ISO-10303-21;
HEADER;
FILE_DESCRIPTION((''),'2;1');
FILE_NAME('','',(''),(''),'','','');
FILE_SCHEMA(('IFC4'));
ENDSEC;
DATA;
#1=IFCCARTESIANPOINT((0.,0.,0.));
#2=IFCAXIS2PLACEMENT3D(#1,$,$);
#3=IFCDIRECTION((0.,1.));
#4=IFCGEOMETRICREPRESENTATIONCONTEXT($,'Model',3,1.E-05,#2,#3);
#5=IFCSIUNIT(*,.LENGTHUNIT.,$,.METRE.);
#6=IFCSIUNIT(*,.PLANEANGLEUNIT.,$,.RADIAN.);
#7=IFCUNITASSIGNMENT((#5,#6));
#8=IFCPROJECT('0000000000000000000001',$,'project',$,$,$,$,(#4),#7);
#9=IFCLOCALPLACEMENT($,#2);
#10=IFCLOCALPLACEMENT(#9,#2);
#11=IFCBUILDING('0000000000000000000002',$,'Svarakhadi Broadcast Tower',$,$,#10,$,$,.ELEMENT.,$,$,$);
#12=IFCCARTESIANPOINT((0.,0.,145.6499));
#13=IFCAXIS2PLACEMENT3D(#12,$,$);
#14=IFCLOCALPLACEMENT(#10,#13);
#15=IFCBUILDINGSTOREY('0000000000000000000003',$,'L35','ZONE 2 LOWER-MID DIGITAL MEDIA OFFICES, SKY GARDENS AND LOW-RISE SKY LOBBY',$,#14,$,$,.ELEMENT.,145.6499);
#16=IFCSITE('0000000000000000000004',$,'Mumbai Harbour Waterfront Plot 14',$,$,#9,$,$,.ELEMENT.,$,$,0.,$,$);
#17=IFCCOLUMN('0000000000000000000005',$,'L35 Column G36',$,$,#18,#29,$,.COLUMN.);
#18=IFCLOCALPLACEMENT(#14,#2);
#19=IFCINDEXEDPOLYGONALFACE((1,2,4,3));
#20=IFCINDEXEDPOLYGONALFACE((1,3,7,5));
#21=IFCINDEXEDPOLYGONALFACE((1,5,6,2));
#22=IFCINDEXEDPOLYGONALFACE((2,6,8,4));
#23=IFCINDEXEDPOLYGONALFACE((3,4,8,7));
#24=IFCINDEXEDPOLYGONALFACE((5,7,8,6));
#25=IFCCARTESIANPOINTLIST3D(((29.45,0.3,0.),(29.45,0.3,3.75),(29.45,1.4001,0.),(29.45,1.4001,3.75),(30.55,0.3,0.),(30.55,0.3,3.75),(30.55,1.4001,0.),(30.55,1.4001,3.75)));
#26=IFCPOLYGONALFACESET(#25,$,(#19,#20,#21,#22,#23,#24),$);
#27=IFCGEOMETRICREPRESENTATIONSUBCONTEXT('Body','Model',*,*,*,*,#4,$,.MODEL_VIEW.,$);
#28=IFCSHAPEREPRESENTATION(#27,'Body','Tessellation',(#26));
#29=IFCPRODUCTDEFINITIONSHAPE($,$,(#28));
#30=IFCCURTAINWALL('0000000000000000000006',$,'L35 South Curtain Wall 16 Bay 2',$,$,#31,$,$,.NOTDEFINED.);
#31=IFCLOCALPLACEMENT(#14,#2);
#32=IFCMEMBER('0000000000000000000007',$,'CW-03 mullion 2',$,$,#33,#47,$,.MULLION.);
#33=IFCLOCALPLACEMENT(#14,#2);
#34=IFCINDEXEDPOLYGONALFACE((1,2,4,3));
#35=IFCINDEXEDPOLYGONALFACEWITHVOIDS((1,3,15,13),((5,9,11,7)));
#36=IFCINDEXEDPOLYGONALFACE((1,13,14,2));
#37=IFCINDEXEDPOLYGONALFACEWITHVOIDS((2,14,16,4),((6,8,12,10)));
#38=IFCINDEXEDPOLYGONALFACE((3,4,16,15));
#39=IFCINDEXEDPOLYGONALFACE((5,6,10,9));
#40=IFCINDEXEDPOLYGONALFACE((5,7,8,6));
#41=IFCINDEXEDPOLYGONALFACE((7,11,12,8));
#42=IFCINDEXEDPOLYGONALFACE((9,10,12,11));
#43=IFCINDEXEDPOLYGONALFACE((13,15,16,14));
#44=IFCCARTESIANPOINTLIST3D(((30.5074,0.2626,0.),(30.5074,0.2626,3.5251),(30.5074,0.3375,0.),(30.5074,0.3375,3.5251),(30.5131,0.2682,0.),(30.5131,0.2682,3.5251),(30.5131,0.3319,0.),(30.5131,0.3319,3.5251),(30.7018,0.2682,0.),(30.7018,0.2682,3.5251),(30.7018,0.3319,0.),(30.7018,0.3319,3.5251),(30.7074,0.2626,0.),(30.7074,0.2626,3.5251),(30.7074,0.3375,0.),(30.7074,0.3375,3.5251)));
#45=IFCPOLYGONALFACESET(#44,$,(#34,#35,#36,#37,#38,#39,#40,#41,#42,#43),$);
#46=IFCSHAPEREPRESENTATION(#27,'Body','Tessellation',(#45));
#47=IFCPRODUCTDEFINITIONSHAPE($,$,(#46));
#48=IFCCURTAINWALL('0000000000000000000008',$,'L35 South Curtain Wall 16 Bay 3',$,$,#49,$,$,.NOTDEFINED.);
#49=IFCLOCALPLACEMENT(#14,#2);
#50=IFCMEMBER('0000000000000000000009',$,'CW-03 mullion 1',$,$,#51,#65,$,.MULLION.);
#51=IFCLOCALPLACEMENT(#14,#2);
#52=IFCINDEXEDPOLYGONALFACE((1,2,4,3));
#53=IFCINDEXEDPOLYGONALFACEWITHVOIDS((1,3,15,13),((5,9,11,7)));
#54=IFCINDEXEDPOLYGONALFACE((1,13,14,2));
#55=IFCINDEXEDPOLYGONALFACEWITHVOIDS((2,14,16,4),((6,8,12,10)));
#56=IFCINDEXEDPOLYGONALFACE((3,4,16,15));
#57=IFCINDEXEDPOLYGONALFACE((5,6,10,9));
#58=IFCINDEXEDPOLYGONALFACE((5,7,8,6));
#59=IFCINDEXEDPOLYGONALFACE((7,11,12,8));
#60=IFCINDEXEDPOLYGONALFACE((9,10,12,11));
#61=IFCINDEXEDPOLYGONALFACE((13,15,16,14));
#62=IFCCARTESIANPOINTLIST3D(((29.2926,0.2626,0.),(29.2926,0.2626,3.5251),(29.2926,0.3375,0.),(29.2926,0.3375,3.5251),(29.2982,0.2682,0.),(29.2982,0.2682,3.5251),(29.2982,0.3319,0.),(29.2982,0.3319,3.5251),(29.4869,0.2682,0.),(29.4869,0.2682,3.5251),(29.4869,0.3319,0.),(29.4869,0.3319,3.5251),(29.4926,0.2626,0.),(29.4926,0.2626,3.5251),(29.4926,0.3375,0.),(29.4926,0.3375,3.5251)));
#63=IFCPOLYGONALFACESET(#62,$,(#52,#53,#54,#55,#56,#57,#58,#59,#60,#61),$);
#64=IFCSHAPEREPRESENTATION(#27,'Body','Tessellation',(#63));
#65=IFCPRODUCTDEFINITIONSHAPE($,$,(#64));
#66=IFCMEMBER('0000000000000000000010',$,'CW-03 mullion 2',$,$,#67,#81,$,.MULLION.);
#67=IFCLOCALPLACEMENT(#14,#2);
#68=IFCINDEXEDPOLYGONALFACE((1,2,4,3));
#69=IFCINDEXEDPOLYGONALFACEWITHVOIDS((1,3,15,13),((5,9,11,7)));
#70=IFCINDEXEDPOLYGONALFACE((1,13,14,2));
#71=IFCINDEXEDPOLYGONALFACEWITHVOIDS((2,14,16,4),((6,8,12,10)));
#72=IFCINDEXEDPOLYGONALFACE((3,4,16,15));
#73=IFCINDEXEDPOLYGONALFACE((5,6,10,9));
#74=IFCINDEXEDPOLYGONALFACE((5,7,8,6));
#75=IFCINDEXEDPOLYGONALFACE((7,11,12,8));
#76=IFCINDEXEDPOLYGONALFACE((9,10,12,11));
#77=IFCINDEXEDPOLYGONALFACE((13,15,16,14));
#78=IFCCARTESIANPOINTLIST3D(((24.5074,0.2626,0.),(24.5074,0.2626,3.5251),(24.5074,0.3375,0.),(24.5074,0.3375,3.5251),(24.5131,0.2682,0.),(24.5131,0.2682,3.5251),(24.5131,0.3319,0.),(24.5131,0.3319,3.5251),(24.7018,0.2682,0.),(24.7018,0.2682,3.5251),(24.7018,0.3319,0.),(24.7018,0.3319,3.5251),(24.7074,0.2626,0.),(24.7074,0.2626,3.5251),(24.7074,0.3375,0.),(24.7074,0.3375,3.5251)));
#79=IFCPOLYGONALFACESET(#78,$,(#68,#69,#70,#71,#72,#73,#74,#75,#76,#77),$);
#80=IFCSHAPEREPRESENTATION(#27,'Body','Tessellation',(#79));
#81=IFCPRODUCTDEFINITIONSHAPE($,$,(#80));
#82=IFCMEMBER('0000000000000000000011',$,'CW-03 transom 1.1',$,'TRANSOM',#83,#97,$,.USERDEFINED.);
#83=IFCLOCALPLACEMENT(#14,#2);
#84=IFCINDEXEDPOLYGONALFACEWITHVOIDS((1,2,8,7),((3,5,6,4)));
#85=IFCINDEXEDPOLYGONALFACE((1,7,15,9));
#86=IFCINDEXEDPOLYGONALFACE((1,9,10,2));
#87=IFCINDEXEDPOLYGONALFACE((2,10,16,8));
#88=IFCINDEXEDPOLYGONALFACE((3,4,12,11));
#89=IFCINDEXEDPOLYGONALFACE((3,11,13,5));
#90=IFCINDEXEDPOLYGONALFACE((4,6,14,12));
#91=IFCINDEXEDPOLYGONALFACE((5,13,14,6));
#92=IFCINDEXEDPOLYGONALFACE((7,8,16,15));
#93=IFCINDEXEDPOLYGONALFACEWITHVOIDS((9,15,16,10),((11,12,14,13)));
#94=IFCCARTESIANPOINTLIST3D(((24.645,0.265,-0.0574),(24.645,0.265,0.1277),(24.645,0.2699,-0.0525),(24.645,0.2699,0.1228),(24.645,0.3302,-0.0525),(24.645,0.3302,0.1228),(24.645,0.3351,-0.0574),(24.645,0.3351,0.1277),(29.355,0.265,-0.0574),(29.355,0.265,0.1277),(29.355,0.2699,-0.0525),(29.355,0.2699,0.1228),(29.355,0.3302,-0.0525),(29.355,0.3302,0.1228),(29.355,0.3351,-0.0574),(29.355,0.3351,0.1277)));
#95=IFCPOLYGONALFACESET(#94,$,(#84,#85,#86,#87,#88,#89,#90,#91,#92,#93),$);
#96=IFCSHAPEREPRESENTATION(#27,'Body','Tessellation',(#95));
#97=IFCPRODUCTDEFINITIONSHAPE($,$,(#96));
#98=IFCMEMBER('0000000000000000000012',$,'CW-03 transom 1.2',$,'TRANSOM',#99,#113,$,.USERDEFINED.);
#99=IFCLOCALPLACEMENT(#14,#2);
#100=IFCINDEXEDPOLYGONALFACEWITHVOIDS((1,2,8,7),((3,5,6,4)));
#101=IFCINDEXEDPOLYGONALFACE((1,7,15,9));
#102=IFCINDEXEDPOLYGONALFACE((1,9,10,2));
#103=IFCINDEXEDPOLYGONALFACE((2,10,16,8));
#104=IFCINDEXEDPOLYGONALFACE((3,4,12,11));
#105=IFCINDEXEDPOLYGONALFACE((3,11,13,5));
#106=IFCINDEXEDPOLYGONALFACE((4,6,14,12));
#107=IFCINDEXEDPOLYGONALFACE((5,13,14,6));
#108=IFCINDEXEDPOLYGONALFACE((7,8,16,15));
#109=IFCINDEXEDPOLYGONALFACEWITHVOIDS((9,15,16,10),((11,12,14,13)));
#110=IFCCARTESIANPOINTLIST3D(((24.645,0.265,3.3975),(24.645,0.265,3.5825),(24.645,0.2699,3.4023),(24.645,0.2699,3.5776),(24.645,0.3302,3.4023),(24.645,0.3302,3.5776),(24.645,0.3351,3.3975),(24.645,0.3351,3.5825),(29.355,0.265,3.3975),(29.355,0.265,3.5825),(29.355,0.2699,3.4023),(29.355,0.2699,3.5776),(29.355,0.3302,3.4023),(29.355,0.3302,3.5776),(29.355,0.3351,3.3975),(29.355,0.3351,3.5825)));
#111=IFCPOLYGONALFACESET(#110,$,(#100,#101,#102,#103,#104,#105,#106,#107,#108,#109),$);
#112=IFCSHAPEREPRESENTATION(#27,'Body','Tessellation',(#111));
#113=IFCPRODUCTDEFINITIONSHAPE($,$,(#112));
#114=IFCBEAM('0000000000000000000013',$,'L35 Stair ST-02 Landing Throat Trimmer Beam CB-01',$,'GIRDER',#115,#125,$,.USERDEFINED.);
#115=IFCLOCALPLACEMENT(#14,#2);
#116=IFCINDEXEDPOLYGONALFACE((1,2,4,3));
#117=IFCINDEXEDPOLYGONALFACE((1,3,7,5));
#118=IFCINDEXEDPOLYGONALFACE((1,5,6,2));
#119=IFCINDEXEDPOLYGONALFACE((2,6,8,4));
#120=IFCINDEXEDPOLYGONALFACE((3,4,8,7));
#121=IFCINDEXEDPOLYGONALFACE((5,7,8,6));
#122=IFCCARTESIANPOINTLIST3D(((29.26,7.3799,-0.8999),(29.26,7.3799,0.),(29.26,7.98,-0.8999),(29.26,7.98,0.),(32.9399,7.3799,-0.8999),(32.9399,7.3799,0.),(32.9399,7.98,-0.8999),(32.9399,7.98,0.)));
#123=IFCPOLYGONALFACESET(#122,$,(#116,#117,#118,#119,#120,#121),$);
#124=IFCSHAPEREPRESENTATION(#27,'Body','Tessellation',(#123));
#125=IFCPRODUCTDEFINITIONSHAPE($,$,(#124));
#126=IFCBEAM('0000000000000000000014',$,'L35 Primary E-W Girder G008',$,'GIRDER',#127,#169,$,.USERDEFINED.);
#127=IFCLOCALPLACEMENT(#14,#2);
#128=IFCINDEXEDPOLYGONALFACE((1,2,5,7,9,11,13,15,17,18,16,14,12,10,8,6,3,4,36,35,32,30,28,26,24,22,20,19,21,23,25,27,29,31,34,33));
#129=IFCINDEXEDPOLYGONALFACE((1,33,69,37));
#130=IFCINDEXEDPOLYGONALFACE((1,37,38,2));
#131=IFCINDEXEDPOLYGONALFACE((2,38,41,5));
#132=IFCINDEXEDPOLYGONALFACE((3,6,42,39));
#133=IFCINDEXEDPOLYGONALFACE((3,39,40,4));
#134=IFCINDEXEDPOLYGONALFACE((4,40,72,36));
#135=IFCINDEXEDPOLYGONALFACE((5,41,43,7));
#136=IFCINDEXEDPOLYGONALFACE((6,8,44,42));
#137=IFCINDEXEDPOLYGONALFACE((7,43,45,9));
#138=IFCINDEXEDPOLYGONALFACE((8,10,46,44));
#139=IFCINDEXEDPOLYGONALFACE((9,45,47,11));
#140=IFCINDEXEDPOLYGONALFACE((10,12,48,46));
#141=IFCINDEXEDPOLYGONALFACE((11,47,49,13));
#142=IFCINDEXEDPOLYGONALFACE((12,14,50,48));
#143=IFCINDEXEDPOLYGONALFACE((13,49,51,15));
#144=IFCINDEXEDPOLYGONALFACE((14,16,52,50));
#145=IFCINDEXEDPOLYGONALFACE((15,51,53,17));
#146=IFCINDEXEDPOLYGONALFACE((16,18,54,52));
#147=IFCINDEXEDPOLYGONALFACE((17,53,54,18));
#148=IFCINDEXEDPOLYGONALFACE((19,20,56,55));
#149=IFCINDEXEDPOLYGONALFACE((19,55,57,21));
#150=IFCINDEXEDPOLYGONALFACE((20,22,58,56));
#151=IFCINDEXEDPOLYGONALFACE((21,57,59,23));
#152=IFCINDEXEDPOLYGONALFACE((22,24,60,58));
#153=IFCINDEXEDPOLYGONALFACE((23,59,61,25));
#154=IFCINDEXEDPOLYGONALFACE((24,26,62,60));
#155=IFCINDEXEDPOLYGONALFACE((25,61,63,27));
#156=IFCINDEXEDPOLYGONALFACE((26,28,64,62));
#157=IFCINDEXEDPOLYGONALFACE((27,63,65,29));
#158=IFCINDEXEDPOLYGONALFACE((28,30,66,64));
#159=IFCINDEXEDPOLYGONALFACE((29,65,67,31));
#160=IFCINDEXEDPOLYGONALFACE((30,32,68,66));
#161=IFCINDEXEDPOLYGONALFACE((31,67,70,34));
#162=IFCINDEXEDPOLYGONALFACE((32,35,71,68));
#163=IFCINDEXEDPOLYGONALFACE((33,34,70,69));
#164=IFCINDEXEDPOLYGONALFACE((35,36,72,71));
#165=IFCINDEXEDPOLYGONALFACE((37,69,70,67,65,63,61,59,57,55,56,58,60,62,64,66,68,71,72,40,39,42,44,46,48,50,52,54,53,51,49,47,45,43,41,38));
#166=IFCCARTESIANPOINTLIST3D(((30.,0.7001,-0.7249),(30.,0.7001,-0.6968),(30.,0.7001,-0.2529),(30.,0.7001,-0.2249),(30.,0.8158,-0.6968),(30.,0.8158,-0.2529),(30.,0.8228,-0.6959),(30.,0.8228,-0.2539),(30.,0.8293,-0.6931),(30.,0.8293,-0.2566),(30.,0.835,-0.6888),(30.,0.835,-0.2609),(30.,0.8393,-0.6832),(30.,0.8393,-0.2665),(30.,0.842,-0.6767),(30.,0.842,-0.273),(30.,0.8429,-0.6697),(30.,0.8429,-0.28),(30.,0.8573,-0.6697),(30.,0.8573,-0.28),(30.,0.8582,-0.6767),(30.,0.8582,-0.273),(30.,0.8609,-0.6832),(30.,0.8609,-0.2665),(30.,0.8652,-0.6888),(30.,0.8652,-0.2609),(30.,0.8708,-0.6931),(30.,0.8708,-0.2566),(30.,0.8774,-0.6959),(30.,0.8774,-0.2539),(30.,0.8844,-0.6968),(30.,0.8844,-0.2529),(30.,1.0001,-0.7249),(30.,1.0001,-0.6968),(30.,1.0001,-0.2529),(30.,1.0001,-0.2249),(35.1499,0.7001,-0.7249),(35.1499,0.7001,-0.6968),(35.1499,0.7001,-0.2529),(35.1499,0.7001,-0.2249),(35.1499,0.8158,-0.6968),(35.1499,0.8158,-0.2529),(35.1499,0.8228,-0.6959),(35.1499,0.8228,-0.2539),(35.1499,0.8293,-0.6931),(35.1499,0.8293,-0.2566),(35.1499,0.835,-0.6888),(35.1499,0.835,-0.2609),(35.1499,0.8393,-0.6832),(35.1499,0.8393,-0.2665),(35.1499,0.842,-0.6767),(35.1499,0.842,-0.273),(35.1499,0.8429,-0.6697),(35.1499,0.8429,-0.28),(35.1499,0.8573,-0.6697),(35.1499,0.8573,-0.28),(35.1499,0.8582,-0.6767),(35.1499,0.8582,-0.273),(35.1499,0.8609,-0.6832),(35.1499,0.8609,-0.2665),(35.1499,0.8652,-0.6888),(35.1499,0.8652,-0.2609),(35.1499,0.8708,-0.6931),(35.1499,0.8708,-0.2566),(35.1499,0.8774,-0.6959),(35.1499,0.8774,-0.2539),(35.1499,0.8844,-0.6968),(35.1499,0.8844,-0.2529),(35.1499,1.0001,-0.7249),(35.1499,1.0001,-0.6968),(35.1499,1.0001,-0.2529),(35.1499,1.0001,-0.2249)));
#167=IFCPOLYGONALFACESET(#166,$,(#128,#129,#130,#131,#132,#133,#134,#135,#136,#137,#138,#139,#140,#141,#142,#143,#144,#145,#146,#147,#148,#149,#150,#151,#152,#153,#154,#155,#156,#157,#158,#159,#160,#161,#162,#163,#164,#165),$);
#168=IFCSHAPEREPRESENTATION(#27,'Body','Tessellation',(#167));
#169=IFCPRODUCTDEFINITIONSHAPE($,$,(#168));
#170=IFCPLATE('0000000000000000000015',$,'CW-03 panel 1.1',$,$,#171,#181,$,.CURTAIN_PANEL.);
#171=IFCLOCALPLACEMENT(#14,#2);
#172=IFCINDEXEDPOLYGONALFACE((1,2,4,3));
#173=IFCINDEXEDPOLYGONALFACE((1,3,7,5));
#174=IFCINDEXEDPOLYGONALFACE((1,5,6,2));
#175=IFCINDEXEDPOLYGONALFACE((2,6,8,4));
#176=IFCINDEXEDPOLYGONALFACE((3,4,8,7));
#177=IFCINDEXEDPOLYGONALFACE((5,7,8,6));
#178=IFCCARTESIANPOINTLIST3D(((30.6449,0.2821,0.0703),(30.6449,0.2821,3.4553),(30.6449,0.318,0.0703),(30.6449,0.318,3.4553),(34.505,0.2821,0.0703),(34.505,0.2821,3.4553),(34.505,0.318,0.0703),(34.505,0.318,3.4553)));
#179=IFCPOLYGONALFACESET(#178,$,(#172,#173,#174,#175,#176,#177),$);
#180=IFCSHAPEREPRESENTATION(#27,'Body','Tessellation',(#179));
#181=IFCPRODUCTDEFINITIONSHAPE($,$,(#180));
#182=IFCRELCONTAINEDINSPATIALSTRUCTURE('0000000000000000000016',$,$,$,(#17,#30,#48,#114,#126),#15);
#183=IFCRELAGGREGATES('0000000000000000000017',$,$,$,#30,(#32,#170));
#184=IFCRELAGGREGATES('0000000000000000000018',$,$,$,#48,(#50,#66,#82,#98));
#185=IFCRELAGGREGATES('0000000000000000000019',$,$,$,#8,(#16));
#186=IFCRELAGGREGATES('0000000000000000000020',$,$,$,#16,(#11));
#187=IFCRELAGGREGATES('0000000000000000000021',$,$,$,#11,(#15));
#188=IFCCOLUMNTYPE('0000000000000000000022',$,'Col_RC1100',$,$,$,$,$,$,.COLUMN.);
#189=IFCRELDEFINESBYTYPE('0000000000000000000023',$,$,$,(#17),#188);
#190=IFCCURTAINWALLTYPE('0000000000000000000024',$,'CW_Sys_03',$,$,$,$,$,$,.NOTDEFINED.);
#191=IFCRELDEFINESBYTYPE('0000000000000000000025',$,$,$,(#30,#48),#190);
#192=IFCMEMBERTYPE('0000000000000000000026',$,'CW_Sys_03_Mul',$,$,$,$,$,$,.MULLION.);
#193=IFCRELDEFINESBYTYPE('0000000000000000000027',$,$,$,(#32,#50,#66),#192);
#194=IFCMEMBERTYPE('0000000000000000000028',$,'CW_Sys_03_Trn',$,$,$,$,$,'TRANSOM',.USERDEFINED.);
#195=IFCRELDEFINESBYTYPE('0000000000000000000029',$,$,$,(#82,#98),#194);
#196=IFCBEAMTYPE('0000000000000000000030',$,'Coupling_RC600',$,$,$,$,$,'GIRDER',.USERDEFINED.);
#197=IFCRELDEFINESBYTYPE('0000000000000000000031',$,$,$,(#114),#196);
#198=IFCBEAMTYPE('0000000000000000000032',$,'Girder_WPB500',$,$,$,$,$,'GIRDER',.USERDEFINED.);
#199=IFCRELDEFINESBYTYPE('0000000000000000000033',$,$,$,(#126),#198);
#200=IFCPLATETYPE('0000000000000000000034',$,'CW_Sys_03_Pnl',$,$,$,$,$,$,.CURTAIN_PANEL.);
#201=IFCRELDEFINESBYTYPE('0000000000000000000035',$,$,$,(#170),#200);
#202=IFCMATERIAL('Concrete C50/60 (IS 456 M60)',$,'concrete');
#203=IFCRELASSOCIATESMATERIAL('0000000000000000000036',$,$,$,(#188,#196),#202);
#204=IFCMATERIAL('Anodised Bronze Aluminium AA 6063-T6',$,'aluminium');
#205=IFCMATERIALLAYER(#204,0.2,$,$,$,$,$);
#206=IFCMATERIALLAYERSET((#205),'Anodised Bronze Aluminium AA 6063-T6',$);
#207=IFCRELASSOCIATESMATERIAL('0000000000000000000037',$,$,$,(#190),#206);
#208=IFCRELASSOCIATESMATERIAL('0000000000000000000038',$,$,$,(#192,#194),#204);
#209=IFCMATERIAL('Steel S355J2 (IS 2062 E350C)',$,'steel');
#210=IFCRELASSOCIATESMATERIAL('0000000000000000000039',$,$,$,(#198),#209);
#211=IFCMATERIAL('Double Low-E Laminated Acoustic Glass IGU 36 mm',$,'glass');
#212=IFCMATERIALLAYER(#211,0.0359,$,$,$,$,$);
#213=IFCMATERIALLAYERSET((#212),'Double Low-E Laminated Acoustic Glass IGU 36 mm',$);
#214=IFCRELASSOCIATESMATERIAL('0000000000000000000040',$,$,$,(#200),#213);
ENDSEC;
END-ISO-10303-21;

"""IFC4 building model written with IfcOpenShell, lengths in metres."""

from ifc_helpers import new_model, si_unit, direction, frame, origin, origin_2d, place, context, subcontext, project, spatial, rectangle, hollow_rectangle, i_section, extrude, material, layer, layer_set, material_profile, profile_set, type_object, element, aggregate, save


model = new_model("IFC4")

# Units and contexts
model_context = context("Model", 3, precision=1e-05, world=origin(), true_north=direction((0.0, 1.0)))
body_context = subcontext(model_context, "Body", "Model", "MODEL_VIEW")
ifc_project = project(units=[si_unit("LENGTHUNIT", "METRE"), si_unit("PLANEANGLEUNIT", "RADIAN")], contexts=[model_context])

# Site, building, storey
site_placement = place(None, origin())
site = spatial("IfcSite", under=ifc_project, at=site_placement, Name="Mumbai Harbour Waterfront Plot 14", CompositionType="ELEMENT", RefElevation=0.0)
building_placement = place(site_placement, origin())
building = spatial("IfcBuilding", under=site, at=building_placement, Name="Svarakhadi Broadcast Tower", CompositionType="ELEMENT")
storey_placement = place(building_placement, frame((0.0, 0.0, 145.6499)))
storey = spatial("IfcBuildingStorey", under=building, at=storey_placement, Name="L35", Description="ZONE 2 LOWER-MID DIGITAL MEDIA OFFICES, SKY GARDENS AND LOW-RISE SKY LOBBY", CompositionType="ELEMENT", Elevation=145.6499)

# Column
ifc_material_1 = material(Name="Concrete C50/60 (IS 456 M60)", Category="concrete")
ifc_material_profile_1 = material_profile(ifc_material_1, rectangle(XDim=1.1001, YDim=1.1001, at=origin_2d()), Name="RC 1100x1100")
ifc_profile_set_1 = profile_set([ifc_material_profile_1], Name="Concrete C50/60 (IS 456 M60)")
column_type = type_object("IfcColumnType", Name="Col_RC1100", PredefinedType="COLUMN", material=ifc_profile_set_1)
column_placement = place(storey_placement, frame((30.0, 0.8501, 0.0), z_axis=(0.0, 0.0, 1.0), x_axis=(1.0, 0.0, 0.0)))
element("IfcColumn", 1, at=column_placement, inside=storey, type_object=column_type, Name="L35 Column G36", PredefinedType="COLUMN", context=body_context, shape_type="SweptSolid", body=[
    extrude(rectangle(XDim=1.1001, YDim=1.1001, at=origin_2d()), origin(), (0.0, 0.0, 1.0), 3.75),
])

# Curtain wall, member
ifc_material_2 = material(Name="Anodised Bronze Aluminium AA 6063-T6", Category="aluminium")
ifc_layer_1 = layer(ifc_material_2, 0.2)
ifc_layer_set_1 = layer_set([ifc_layer_1], Name="Anodised Bronze Aluminium AA 6063-T6")
curtain_wall_type = type_object("IfcCurtainWallType", Name="CW_Sys_03", PredefinedType="NOTDEFINED", material=ifc_layer_set_1)
curtain_wall_1_placement = place(storey_placement, origin())
curtain_wall_1 = element("IfcCurtainWall", 2, at=curtain_wall_1_placement, inside=storey, type_object=curtain_wall_type, Name="L35 South Curtain Wall 16 Bay 2", PredefinedType="NOTDEFINED")
ifc_material_profile_2 = material_profile(ifc_material_2, hollow_rectangle(XDim=0.075, YDim=0.2, WallThickness=0.0056, at=origin_2d()), Name="ALU MULLION 200x75x6")
ifc_profile_set_2 = profile_set([ifc_material_profile_2], Name="Anodised Bronze Aluminium AA 6063-T6")
member_type_1 = type_object("IfcMemberType", Name="CW_Sys_03_Mul", PredefinedType="MULLION", material=ifc_profile_set_2)
member_1_placement = place(storey_placement, frame((30.6074, 0.3, 0.0), z_axis=(0.0, 0.0, 1.0), x_axis=(0.0, -1.0, 0.0)))
member_1 = element("IfcMember", 3, at=member_1_placement, type_object=member_type_1, Name="CW-03 mullion 2", PredefinedType="MULLION", context=body_context, shape_type="SweptSolid", body=[
    extrude(hollow_rectangle(XDim=0.075, YDim=0.2, WallThickness=0.0056, at=origin_2d()), origin(), (0.0, 0.0, 1.0), 3.5251),
])

# Curtain wall, members
curtain_wall_2_placement = place(storey_placement, origin())
curtain_wall_2 = element("IfcCurtainWall", 4, at=curtain_wall_2_placement, inside=storey, type_object=curtain_wall_type, Name="L35 South Curtain Wall 16 Bay 3", PredefinedType="NOTDEFINED")
member_2_placement = place(storey_placement, frame((29.3926, 0.3, 0.0), z_axis=(0.0, 0.0, 1.0), x_axis=(0.0, -1.0, 0.0)))
member_2 = element("IfcMember", 5, at=member_2_placement, type_object=member_type_1, Name="CW-03 mullion 1", PredefinedType="MULLION", context=body_context, shape_type="SweptSolid", body=[
    extrude(hollow_rectangle(XDim=0.075, YDim=0.2, WallThickness=0.0056, at=origin_2d()), origin(), (0.0, 0.0, 1.0), 3.5251),
])
member_3_placement = place(storey_placement, frame((24.6074, 0.3, 0.0), z_axis=(0.0, 0.0, 1.0), x_axis=(0.0, -1.0, 0.0)))
member_3 = element("IfcMember", 6, at=member_3_placement, type_object=member_type_1, Name="CW-03 mullion 2", PredefinedType="MULLION", context=body_context, shape_type="SweptSolid", body=[
    extrude(hollow_rectangle(XDim=0.075, YDim=0.2, WallThickness=0.0056, at=origin_2d()), origin(), (0.0, 0.0, 1.0), 3.5251),
])
ifc_material_profile_3 = material_profile(ifc_material_2, hollow_rectangle(XDim=0.0701, YDim=0.1851, WallThickness=0.0049, at=origin_2d()), Name="ALU TRANSOM 185x70x5")
ifc_profile_set_3 = profile_set([ifc_material_profile_3], Name="Anodised Bronze Aluminium AA 6063-T6")
member_type_2 = type_object("IfcMemberType", Name="CW_Sys_03_Trn", ElementType="TRANSOM", PredefinedType="USERDEFINED", material=ifc_profile_set_3)
member_4_placement = place(storey_placement, frame((29.355, 0.3, 0.0352), z_axis=(-1.0, 0.0, 0.0), x_axis=(0.0, -1.0, 0.0)))
member_4 = element("IfcMember", 7, at=member_4_placement, type_object=member_type_2, Name="CW-03 transom 1.1", ObjectType="TRANSOM", PredefinedType="USERDEFINED", context=body_context, shape_type="SweptSolid", body=[
    extrude(hollow_rectangle(XDim=0.0701, YDim=0.1851, WallThickness=0.0049, at=origin_2d()), origin(), (0.0, 0.0, 1.0), 4.71),
])
member_5_placement = place(storey_placement, frame((29.355, 0.3, 3.49), z_axis=(-1.0, 0.0, 0.0), x_axis=(0.0, -1.0, 0.0)))
member_5 = element("IfcMember", 8, at=member_5_placement, type_object=member_type_2, Name="CW-03 transom 1.2", ObjectType="TRANSOM", PredefinedType="USERDEFINED", context=body_context, shape_type="SweptSolid", body=[
    extrude(hollow_rectangle(XDim=0.0701, YDim=0.1851, WallThickness=0.0049, at=origin_2d()), origin(), (0.0, 0.0, 1.0), 4.71),
])

# Beams
ifc_material_profile_4 = material_profile(ifc_material_1, rectangle(XDim=0.6001, YDim=0.8999, at=origin_2d()), Name="RC 600x900")
ifc_profile_set_4 = profile_set([ifc_material_profile_4], Name="Concrete C50/60 (IS 456 M60)")
beam_type_1 = type_object("IfcBeamType", Name="Coupling_RC600", ElementType="GIRDER", PredefinedType="USERDEFINED", material=ifc_profile_set_4)
beam_1_placement = place(storey_placement, frame((29.26, 7.6799, -0.45), z_axis=(1.0, 0.0, 0.0), x_axis=(0.0, 1.0, 0.0)))
element("IfcBeam", 9, at=beam_1_placement, inside=storey, type_object=beam_type_1, Name="L35 Stair ST-02 Landing Throat Trimmer Beam CB-01", ObjectType="GIRDER", PredefinedType="USERDEFINED", context=body_context, shape_type="SweptSolid", body=[
    extrude(rectangle(XDim=0.6001, YDim=0.8999, at=origin_2d()), origin(), (0.0, 0.0, 1.0), 3.6799),
])
ifc_material_3 = material(Name="Steel S355J2 (IS 2062 E350C)", Category="steel")
ifc_material_profile_5 = material_profile(ifc_material_3, i_section(OverallWidth=0.3, OverallDepth=0.5, WebThickness=0.0144, FlangeThickness=0.0281, FilletRadius=0.0271, at=origin_2d()), Name="WPB 500x300x187")
ifc_profile_set_5 = profile_set([ifc_material_profile_5], Name="Steel S355J2 (IS 2062 E350C)")
beam_type_2 = type_object("IfcBeamType", Name="Girder_WPB500", ElementType="GIRDER", PredefinedType="USERDEFINED", material=ifc_profile_set_5)
beam_2_placement = place(storey_placement, frame((30.0, 0.8501, -0.4749), z_axis=(1.0, 0.0, 0.0), x_axis=(0.0, 1.0, 0.0)))
element("IfcBeam", 10, at=beam_2_placement, inside=storey, type_object=beam_type_2, Name="L35 Primary E-W Girder G008", ObjectType="GIRDER", PredefinedType="USERDEFINED", context=body_context, shape_type="SweptSolid", body=[
    extrude(i_section(OverallWidth=0.3, OverallDepth=0.5, WebThickness=0.0144, FlangeThickness=0.0281, FilletRadius=0.0271, at=origin_2d()), origin(), (0.0, 0.0, 1.0), 5.1499),
])

# Plate
ifc_material_4 = material(Name="Double Low-E Laminated Acoustic Glass IGU 36 mm", Category="glass")
ifc_layer_2 = layer(ifc_material_4, 0.0359)
ifc_layer_set_2 = layer_set([ifc_layer_2], Name="Double Low-E Laminated Acoustic Glass IGU 36 mm")
plate_type = type_object("IfcPlateType", Name="CW_Sys_03_Pnl", PredefinedType="CURTAIN_PANEL", material=ifc_layer_set_2)
plate_1_placement = place(storey_placement, frame((32.575, 0.3, 0.0703), z_axis=(0.0, 0.0, 1.0), x_axis=(-1.0, 0.0, 0.0)))
plate_1 = element("IfcPlate", 11, at=plate_1_placement, type_object=plate_type, Name="CW-03 panel 1.1", PredefinedType="CURTAIN_PANEL", context=body_context, shape_type="SweptSolid", body=[
    extrude(rectangle(XDim=3.8601, YDim=0.0359, at=origin_2d()), origin(), (0.0, 0.0, 1.0), 3.385),
])
aggregate(curtain_wall_1, [member_1, plate_1])
aggregate(curtain_wall_2, [member_2, member_3, member_4, member_5])

save(model, "model.ifc")
